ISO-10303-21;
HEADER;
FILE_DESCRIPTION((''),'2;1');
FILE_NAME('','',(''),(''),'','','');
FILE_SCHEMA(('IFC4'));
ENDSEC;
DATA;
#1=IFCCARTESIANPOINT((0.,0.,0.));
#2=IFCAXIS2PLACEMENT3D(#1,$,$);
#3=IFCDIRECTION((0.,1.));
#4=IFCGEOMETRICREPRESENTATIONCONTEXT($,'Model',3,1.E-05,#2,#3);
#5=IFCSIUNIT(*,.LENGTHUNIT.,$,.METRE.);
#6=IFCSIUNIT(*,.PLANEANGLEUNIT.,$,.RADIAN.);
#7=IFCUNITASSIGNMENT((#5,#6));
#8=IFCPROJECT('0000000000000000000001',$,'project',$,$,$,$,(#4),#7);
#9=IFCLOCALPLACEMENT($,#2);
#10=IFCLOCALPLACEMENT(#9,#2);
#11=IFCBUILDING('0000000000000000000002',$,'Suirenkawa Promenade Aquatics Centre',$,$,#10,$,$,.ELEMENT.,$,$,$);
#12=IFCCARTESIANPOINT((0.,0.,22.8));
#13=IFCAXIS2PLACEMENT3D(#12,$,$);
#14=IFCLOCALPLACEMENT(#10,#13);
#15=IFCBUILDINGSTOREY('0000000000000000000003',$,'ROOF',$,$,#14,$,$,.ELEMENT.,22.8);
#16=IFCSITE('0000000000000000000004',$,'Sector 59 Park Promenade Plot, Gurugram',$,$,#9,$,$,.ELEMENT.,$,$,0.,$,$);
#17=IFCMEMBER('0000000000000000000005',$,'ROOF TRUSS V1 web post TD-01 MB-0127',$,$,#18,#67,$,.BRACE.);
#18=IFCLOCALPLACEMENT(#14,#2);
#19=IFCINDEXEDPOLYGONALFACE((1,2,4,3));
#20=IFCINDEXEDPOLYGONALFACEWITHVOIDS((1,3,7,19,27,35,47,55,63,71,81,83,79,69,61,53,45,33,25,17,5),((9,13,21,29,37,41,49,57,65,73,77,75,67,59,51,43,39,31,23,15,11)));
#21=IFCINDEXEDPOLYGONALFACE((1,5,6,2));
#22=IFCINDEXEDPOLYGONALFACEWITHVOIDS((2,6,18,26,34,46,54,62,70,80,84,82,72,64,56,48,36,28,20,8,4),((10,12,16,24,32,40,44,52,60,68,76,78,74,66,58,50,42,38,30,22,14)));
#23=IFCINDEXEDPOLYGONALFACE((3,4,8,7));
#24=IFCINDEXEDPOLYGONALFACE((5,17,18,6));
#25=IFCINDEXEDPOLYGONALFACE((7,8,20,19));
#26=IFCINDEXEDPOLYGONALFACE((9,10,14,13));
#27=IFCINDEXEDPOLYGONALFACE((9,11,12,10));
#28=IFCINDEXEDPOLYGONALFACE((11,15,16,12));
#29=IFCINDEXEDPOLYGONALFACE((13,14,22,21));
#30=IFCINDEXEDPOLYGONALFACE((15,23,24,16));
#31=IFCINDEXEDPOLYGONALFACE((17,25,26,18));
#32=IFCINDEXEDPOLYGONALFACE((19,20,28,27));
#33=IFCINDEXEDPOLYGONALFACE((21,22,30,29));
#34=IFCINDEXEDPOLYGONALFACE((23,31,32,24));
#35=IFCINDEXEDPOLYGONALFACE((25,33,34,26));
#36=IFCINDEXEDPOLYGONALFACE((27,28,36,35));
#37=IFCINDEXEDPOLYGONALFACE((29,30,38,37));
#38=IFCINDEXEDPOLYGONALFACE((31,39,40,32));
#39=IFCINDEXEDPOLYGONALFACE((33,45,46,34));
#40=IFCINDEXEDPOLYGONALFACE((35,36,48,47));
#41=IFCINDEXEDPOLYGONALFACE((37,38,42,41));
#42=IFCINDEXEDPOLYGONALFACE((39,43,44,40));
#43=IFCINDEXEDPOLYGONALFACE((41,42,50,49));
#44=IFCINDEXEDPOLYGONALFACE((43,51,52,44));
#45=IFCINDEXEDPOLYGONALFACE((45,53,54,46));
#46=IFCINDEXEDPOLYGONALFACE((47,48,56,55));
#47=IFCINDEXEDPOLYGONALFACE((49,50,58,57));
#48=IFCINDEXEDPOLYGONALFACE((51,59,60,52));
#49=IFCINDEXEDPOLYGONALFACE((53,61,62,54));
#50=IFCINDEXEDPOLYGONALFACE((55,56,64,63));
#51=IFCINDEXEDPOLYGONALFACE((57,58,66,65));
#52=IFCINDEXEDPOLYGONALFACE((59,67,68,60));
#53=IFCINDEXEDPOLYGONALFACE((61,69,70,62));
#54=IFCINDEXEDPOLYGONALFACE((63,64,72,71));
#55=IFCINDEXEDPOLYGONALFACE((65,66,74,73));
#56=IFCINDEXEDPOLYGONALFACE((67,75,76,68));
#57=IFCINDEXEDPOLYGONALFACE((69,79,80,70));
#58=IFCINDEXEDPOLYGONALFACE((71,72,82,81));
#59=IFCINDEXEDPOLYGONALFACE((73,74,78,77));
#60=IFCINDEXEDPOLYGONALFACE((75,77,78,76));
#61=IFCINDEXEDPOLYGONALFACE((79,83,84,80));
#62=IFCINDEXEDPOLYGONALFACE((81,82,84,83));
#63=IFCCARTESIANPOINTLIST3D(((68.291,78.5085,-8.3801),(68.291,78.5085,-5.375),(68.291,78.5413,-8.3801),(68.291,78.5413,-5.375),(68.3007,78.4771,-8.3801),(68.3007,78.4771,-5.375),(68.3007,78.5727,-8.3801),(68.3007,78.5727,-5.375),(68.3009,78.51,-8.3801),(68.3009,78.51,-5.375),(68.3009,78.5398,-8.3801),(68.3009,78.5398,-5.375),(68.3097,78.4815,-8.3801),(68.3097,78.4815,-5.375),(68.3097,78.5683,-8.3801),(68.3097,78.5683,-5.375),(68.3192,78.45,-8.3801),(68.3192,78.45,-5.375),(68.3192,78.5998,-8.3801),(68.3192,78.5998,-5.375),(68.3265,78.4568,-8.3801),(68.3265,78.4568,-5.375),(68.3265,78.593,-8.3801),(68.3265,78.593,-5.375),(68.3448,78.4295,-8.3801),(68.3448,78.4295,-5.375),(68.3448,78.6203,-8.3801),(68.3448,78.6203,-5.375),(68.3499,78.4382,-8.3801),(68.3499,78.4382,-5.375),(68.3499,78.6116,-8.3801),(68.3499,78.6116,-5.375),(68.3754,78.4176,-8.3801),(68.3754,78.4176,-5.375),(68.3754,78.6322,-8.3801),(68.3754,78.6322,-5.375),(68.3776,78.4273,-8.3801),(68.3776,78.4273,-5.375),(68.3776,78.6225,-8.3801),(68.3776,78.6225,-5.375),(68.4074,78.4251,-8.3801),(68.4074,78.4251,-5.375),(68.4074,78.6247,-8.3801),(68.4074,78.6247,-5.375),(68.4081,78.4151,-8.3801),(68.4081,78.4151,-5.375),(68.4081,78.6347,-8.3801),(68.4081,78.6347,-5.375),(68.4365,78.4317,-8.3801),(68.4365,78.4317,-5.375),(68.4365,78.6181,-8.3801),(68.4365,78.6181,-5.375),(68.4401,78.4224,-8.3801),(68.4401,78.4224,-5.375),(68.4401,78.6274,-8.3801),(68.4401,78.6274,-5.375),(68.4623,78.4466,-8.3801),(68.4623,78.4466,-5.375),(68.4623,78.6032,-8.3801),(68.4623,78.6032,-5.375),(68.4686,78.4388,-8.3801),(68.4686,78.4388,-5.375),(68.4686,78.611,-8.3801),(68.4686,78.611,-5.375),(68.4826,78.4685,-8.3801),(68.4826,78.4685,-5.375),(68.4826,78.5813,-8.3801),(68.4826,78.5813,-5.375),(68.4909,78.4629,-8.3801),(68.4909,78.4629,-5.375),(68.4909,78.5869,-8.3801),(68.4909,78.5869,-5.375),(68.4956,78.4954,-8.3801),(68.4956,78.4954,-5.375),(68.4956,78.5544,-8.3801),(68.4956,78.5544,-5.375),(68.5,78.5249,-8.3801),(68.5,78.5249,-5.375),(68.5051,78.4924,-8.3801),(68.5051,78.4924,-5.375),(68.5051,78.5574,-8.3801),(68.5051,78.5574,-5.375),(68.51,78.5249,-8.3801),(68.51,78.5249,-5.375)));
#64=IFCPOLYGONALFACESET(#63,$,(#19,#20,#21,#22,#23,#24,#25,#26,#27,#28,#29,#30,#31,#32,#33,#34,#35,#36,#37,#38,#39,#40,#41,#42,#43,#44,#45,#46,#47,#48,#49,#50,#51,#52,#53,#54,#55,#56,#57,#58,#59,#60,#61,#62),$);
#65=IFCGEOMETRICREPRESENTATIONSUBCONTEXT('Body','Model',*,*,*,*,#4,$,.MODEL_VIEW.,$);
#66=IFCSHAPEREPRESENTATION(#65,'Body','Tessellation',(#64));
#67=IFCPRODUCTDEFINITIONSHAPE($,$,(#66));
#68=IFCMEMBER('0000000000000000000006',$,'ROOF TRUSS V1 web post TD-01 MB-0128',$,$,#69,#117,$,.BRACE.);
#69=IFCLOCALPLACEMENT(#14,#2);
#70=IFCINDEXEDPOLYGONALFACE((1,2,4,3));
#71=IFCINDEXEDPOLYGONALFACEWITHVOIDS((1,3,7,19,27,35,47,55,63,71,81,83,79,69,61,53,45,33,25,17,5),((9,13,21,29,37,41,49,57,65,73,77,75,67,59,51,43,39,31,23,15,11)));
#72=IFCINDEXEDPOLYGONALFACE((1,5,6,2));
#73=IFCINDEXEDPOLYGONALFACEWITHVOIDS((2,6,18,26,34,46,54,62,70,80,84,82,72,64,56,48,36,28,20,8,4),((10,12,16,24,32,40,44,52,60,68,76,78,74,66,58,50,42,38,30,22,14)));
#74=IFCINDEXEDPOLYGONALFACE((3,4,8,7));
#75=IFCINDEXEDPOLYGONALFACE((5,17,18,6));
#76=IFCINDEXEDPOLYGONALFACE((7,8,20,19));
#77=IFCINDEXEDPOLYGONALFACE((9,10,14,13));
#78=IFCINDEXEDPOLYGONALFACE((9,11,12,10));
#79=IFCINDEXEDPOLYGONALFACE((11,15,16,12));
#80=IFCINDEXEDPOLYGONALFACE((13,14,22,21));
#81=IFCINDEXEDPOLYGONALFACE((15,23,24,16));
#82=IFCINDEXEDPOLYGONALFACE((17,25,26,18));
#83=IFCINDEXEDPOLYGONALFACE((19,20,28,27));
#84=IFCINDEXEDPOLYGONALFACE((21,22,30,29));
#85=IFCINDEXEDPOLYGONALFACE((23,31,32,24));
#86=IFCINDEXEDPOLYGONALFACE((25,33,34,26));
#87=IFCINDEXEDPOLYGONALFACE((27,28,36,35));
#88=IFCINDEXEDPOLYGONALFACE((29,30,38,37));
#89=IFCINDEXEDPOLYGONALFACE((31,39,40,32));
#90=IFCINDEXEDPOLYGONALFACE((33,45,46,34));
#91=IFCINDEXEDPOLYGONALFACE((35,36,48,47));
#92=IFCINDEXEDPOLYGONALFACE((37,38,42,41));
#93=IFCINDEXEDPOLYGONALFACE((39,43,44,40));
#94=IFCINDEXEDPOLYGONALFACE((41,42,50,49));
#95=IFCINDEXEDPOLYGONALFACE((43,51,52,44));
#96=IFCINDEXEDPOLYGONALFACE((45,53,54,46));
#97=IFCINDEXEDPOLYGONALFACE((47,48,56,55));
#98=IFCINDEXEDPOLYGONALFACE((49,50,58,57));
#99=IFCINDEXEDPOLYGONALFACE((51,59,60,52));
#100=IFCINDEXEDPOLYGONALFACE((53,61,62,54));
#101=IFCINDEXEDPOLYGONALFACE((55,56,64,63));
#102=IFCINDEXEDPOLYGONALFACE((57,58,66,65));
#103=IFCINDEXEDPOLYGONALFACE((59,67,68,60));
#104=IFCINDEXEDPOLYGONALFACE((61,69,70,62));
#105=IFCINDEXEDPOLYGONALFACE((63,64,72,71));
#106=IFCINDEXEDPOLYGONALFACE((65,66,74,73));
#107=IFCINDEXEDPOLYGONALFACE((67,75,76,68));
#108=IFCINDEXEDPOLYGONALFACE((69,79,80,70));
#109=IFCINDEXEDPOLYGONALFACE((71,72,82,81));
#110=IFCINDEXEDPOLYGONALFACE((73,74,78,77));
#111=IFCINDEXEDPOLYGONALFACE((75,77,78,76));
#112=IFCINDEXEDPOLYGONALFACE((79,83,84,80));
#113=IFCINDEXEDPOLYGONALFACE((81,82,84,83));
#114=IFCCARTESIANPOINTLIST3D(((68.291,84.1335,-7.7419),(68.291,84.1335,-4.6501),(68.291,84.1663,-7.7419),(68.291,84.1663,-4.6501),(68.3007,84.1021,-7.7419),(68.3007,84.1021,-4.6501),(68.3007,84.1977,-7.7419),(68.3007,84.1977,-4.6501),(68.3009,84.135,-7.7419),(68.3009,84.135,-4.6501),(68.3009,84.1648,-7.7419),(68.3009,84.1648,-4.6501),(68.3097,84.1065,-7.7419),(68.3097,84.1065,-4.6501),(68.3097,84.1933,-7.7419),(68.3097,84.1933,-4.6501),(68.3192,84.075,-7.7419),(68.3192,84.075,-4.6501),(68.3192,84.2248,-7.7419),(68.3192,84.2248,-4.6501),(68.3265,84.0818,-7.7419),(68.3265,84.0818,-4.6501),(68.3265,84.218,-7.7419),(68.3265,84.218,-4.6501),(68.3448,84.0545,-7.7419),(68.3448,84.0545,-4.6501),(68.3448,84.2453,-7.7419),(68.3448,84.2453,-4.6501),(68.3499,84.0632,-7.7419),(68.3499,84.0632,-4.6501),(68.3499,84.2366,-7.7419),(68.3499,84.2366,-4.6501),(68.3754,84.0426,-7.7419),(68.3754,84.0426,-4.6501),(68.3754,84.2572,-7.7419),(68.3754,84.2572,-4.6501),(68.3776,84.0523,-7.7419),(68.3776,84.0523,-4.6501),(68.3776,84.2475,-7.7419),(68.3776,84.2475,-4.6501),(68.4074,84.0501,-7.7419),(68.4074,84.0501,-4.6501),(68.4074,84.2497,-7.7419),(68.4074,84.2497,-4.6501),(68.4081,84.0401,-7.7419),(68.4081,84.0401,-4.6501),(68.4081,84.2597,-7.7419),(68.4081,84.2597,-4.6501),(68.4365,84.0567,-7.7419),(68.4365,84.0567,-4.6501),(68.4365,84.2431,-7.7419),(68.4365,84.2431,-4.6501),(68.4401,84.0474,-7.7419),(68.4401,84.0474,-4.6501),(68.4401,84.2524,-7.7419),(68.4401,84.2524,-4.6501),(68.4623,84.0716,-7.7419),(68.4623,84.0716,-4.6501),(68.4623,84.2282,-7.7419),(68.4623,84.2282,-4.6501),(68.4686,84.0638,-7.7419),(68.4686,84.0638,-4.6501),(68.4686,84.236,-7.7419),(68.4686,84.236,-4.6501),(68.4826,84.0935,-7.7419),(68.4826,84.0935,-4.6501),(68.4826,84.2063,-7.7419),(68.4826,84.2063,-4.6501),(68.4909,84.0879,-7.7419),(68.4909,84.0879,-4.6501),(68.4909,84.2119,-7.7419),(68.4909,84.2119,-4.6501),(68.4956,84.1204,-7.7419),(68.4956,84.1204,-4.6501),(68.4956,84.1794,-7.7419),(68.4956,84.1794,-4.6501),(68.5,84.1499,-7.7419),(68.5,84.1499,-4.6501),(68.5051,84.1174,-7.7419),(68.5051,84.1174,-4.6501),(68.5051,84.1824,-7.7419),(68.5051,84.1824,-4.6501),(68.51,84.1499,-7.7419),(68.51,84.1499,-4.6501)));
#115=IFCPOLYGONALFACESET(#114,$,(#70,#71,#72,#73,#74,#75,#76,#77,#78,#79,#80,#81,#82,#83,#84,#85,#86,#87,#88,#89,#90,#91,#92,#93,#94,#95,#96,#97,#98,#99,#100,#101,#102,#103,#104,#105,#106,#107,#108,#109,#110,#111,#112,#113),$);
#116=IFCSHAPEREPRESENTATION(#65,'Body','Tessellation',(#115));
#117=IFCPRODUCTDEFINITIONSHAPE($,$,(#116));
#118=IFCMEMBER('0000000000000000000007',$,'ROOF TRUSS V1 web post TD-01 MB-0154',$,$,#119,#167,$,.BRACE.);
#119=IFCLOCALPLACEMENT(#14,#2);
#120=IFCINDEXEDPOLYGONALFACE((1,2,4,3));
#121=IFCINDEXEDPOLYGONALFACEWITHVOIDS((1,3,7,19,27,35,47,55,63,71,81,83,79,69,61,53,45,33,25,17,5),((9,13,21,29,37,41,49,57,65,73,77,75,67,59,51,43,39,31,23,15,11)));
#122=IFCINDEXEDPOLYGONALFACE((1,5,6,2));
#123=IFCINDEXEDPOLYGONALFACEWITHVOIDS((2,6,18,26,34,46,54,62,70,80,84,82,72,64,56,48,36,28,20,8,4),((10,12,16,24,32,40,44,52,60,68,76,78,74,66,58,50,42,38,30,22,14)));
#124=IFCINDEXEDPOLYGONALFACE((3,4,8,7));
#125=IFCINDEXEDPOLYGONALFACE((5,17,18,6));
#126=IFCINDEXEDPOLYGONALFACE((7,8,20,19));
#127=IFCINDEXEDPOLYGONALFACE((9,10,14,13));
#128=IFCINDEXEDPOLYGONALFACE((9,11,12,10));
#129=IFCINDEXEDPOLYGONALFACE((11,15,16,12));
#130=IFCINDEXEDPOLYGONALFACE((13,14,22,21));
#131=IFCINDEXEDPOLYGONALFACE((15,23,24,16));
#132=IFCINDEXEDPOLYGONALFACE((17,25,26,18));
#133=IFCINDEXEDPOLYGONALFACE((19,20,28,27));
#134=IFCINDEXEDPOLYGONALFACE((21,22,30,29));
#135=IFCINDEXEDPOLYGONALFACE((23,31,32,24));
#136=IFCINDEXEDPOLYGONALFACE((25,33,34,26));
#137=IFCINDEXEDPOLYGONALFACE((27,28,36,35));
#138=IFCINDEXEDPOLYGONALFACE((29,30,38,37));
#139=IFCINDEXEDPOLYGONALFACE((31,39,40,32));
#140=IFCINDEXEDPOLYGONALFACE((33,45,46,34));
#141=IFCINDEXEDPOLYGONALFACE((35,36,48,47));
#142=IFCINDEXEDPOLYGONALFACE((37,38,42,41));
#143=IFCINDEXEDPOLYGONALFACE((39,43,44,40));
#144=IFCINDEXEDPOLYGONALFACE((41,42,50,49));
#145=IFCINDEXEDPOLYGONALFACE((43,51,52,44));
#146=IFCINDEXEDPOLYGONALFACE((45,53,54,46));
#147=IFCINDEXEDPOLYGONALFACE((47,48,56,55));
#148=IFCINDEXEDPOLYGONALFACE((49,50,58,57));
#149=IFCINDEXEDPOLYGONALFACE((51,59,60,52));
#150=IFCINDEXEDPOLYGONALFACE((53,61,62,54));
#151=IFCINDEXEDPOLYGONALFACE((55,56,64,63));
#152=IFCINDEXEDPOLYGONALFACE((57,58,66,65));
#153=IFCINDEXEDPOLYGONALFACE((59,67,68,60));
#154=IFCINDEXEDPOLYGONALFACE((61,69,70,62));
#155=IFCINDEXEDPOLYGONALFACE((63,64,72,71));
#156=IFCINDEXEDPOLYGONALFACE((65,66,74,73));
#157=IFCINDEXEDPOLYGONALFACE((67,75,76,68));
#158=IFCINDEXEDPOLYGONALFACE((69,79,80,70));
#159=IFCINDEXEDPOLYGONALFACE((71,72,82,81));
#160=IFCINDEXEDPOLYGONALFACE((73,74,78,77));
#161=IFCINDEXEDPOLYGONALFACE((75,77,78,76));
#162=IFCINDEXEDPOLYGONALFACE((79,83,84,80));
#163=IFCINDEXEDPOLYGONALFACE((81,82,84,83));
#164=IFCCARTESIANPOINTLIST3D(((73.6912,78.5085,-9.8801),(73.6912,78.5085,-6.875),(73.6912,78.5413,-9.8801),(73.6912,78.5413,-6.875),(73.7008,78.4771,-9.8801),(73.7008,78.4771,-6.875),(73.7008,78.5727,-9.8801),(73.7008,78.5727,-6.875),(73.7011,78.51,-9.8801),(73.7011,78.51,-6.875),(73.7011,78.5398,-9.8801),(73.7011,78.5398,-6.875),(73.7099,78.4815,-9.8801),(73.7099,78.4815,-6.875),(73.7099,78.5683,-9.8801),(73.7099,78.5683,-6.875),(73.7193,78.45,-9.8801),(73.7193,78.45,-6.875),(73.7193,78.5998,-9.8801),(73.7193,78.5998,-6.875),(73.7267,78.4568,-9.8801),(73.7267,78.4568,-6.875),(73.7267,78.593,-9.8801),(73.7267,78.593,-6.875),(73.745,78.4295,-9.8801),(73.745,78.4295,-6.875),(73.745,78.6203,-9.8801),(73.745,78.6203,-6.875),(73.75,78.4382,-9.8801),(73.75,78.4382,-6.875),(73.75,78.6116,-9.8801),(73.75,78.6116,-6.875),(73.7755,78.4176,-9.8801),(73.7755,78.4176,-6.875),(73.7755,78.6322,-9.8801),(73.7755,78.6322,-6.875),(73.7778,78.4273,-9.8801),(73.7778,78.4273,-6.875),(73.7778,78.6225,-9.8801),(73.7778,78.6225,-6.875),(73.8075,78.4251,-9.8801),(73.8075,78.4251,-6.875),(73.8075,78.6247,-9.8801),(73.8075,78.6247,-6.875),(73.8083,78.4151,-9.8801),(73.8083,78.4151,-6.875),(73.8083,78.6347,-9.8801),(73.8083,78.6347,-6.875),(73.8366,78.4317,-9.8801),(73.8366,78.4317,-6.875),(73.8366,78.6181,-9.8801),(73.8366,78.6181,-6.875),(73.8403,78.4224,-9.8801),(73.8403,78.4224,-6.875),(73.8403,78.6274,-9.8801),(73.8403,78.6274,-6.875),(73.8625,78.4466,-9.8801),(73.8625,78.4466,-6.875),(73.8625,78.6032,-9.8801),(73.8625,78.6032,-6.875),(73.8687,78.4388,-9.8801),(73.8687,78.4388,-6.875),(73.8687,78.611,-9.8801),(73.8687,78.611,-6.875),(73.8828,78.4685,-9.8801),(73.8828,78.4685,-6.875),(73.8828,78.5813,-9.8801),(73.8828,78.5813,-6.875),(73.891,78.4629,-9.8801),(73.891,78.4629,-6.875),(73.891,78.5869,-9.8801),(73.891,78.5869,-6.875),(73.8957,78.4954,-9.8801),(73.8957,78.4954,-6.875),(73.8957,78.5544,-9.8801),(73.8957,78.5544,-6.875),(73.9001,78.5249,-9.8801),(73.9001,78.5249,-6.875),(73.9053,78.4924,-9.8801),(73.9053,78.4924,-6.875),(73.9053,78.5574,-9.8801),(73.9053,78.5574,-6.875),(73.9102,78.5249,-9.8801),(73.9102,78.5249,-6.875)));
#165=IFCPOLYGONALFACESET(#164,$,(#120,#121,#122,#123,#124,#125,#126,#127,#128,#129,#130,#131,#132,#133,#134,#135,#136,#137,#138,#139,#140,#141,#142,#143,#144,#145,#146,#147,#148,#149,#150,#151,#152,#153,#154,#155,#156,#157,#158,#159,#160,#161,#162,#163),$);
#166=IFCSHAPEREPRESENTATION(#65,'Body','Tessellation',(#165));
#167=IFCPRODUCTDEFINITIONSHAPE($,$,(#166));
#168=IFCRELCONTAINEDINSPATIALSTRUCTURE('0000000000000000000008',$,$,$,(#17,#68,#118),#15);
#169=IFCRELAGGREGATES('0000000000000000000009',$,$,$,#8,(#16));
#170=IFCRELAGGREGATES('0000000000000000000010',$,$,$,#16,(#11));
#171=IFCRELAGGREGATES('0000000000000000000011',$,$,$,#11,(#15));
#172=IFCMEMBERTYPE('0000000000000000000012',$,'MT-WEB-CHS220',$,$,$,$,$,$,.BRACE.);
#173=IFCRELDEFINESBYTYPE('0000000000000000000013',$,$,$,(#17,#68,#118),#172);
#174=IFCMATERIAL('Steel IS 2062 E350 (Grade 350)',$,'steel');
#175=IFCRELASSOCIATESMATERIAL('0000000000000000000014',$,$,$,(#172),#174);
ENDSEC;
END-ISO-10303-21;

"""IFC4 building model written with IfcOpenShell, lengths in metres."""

from ifc_helpers import new_model, si_unit, direction, frame, origin, origin_2d, place, context, subcontext, project, spatial, hollow_circle, extrude, material, material_profile, profile_set, type_object, element, save


model = new_model("IFC4")

# Units and contexts
model_context = context("Model", 3, precision=1e-05, world=origin(), true_north=direction((0.0, 1.0)))
body_context = subcontext(model_context, "Body", "Model", "MODEL_VIEW")
ifc_project = project(units=[si_unit("LENGTHUNIT", "METRE"), si_unit("PLANEANGLEUNIT", "RADIAN")], contexts=[model_context])

# Site, building, storey
site_placement = place(None, origin())
site = spatial("IfcSite", under=ifc_project, at=site_placement, Name="Sector 59 Park Promenade Plot, Gurugram", CompositionType="ELEMENT", RefElevation=0.0)
building_placement = place(site_placement, origin())
building = spatial("IfcBuilding", under=site, at=building_placement, Name="Suirenkawa Promenade Aquatics Centre", CompositionType="ELEMENT")
storey_placement = place(building_placement, frame((0.0, 0.0, 22.8)))
storey = spatial("IfcBuildingStorey", under=building, at=storey_placement, Name="ROOF", CompositionType="ELEMENT", Elevation=22.8)

# Shared definitions
ifc_material = material(Name="Steel IS 2062 E350 (Grade 350)", Category="steel")

# Members
ifc_material_profile_1 = material_profile(ifc_material, hollow_circle(Radius=0.1101, WallThickness=0.01, at=origin_2d()), Name="CHS 220x10", Category="steel")
ifc_profile_set_1 = profile_set([ifc_material_profile_1], Name="Steel IS 2062 E350 (Grade 350)")
member_type_1 = type_object("IfcMemberType", Name="MT-WEB-CHS220", PredefinedType="BRACE", material=ifc_profile_set_1)
member_1_placement = place(storey_placement, frame((68.3999, 78.5249, -8.3801), z_axis=(0.0, 0.0, 1.0), x_axis=(1.0, 0.0, 0.0)))
element("IfcMember", 1, at=member_1_placement, inside=storey, type_object=member_type_1, Name="ROOF TRUSS V1 web post TD-01 MB-0127", PredefinedType="BRACE", context=body_context, shape_type="SweptSolid", body=[
    extrude(hollow_circle(Radius=0.1101, WallThickness=0.01, at=origin_2d()), origin(), (0.0, 0.0, 1.0), 3.0051),
])
member_2_placement = place(storey_placement, frame((68.3999, 84.1499, -7.7419), z_axis=(0.0, 0.0, 1.0), x_axis=(1.0, 0.0, 0.0)))
element("IfcMember", 2, at=member_2_placement, inside=storey, type_object=member_type_1, Name="ROOF TRUSS V1 web post TD-01 MB-0128", PredefinedType="BRACE", context=body_context, shape_type="SweptSolid", body=[
    extrude(hollow_circle(Radius=0.1101, WallThickness=0.01, at=origin_2d()), origin(), (0.0, 0.0, 1.0), 3.0918),
])
member_3_placement = place(storey_placement, frame((73.8, 78.5249, -9.8801), z_axis=(0.0, 0.0, 1.0), x_axis=(1.0, 0.0, 0.0)))
element("IfcMember", 3, at=member_3_placement, inside=storey, type_object=member_type_1, Name="ROOF TRUSS V1 web post TD-01 MB-0154", PredefinedType="BRACE", context=body_context, shape_type="SweptSolid", body=[
    extrude(hollow_circle(Radius=0.1101, WallThickness=0.01, at=origin_2d()), origin(), (0.0, 0.0, 1.0), 3.0051),
])

save(model, "model.ifc")
